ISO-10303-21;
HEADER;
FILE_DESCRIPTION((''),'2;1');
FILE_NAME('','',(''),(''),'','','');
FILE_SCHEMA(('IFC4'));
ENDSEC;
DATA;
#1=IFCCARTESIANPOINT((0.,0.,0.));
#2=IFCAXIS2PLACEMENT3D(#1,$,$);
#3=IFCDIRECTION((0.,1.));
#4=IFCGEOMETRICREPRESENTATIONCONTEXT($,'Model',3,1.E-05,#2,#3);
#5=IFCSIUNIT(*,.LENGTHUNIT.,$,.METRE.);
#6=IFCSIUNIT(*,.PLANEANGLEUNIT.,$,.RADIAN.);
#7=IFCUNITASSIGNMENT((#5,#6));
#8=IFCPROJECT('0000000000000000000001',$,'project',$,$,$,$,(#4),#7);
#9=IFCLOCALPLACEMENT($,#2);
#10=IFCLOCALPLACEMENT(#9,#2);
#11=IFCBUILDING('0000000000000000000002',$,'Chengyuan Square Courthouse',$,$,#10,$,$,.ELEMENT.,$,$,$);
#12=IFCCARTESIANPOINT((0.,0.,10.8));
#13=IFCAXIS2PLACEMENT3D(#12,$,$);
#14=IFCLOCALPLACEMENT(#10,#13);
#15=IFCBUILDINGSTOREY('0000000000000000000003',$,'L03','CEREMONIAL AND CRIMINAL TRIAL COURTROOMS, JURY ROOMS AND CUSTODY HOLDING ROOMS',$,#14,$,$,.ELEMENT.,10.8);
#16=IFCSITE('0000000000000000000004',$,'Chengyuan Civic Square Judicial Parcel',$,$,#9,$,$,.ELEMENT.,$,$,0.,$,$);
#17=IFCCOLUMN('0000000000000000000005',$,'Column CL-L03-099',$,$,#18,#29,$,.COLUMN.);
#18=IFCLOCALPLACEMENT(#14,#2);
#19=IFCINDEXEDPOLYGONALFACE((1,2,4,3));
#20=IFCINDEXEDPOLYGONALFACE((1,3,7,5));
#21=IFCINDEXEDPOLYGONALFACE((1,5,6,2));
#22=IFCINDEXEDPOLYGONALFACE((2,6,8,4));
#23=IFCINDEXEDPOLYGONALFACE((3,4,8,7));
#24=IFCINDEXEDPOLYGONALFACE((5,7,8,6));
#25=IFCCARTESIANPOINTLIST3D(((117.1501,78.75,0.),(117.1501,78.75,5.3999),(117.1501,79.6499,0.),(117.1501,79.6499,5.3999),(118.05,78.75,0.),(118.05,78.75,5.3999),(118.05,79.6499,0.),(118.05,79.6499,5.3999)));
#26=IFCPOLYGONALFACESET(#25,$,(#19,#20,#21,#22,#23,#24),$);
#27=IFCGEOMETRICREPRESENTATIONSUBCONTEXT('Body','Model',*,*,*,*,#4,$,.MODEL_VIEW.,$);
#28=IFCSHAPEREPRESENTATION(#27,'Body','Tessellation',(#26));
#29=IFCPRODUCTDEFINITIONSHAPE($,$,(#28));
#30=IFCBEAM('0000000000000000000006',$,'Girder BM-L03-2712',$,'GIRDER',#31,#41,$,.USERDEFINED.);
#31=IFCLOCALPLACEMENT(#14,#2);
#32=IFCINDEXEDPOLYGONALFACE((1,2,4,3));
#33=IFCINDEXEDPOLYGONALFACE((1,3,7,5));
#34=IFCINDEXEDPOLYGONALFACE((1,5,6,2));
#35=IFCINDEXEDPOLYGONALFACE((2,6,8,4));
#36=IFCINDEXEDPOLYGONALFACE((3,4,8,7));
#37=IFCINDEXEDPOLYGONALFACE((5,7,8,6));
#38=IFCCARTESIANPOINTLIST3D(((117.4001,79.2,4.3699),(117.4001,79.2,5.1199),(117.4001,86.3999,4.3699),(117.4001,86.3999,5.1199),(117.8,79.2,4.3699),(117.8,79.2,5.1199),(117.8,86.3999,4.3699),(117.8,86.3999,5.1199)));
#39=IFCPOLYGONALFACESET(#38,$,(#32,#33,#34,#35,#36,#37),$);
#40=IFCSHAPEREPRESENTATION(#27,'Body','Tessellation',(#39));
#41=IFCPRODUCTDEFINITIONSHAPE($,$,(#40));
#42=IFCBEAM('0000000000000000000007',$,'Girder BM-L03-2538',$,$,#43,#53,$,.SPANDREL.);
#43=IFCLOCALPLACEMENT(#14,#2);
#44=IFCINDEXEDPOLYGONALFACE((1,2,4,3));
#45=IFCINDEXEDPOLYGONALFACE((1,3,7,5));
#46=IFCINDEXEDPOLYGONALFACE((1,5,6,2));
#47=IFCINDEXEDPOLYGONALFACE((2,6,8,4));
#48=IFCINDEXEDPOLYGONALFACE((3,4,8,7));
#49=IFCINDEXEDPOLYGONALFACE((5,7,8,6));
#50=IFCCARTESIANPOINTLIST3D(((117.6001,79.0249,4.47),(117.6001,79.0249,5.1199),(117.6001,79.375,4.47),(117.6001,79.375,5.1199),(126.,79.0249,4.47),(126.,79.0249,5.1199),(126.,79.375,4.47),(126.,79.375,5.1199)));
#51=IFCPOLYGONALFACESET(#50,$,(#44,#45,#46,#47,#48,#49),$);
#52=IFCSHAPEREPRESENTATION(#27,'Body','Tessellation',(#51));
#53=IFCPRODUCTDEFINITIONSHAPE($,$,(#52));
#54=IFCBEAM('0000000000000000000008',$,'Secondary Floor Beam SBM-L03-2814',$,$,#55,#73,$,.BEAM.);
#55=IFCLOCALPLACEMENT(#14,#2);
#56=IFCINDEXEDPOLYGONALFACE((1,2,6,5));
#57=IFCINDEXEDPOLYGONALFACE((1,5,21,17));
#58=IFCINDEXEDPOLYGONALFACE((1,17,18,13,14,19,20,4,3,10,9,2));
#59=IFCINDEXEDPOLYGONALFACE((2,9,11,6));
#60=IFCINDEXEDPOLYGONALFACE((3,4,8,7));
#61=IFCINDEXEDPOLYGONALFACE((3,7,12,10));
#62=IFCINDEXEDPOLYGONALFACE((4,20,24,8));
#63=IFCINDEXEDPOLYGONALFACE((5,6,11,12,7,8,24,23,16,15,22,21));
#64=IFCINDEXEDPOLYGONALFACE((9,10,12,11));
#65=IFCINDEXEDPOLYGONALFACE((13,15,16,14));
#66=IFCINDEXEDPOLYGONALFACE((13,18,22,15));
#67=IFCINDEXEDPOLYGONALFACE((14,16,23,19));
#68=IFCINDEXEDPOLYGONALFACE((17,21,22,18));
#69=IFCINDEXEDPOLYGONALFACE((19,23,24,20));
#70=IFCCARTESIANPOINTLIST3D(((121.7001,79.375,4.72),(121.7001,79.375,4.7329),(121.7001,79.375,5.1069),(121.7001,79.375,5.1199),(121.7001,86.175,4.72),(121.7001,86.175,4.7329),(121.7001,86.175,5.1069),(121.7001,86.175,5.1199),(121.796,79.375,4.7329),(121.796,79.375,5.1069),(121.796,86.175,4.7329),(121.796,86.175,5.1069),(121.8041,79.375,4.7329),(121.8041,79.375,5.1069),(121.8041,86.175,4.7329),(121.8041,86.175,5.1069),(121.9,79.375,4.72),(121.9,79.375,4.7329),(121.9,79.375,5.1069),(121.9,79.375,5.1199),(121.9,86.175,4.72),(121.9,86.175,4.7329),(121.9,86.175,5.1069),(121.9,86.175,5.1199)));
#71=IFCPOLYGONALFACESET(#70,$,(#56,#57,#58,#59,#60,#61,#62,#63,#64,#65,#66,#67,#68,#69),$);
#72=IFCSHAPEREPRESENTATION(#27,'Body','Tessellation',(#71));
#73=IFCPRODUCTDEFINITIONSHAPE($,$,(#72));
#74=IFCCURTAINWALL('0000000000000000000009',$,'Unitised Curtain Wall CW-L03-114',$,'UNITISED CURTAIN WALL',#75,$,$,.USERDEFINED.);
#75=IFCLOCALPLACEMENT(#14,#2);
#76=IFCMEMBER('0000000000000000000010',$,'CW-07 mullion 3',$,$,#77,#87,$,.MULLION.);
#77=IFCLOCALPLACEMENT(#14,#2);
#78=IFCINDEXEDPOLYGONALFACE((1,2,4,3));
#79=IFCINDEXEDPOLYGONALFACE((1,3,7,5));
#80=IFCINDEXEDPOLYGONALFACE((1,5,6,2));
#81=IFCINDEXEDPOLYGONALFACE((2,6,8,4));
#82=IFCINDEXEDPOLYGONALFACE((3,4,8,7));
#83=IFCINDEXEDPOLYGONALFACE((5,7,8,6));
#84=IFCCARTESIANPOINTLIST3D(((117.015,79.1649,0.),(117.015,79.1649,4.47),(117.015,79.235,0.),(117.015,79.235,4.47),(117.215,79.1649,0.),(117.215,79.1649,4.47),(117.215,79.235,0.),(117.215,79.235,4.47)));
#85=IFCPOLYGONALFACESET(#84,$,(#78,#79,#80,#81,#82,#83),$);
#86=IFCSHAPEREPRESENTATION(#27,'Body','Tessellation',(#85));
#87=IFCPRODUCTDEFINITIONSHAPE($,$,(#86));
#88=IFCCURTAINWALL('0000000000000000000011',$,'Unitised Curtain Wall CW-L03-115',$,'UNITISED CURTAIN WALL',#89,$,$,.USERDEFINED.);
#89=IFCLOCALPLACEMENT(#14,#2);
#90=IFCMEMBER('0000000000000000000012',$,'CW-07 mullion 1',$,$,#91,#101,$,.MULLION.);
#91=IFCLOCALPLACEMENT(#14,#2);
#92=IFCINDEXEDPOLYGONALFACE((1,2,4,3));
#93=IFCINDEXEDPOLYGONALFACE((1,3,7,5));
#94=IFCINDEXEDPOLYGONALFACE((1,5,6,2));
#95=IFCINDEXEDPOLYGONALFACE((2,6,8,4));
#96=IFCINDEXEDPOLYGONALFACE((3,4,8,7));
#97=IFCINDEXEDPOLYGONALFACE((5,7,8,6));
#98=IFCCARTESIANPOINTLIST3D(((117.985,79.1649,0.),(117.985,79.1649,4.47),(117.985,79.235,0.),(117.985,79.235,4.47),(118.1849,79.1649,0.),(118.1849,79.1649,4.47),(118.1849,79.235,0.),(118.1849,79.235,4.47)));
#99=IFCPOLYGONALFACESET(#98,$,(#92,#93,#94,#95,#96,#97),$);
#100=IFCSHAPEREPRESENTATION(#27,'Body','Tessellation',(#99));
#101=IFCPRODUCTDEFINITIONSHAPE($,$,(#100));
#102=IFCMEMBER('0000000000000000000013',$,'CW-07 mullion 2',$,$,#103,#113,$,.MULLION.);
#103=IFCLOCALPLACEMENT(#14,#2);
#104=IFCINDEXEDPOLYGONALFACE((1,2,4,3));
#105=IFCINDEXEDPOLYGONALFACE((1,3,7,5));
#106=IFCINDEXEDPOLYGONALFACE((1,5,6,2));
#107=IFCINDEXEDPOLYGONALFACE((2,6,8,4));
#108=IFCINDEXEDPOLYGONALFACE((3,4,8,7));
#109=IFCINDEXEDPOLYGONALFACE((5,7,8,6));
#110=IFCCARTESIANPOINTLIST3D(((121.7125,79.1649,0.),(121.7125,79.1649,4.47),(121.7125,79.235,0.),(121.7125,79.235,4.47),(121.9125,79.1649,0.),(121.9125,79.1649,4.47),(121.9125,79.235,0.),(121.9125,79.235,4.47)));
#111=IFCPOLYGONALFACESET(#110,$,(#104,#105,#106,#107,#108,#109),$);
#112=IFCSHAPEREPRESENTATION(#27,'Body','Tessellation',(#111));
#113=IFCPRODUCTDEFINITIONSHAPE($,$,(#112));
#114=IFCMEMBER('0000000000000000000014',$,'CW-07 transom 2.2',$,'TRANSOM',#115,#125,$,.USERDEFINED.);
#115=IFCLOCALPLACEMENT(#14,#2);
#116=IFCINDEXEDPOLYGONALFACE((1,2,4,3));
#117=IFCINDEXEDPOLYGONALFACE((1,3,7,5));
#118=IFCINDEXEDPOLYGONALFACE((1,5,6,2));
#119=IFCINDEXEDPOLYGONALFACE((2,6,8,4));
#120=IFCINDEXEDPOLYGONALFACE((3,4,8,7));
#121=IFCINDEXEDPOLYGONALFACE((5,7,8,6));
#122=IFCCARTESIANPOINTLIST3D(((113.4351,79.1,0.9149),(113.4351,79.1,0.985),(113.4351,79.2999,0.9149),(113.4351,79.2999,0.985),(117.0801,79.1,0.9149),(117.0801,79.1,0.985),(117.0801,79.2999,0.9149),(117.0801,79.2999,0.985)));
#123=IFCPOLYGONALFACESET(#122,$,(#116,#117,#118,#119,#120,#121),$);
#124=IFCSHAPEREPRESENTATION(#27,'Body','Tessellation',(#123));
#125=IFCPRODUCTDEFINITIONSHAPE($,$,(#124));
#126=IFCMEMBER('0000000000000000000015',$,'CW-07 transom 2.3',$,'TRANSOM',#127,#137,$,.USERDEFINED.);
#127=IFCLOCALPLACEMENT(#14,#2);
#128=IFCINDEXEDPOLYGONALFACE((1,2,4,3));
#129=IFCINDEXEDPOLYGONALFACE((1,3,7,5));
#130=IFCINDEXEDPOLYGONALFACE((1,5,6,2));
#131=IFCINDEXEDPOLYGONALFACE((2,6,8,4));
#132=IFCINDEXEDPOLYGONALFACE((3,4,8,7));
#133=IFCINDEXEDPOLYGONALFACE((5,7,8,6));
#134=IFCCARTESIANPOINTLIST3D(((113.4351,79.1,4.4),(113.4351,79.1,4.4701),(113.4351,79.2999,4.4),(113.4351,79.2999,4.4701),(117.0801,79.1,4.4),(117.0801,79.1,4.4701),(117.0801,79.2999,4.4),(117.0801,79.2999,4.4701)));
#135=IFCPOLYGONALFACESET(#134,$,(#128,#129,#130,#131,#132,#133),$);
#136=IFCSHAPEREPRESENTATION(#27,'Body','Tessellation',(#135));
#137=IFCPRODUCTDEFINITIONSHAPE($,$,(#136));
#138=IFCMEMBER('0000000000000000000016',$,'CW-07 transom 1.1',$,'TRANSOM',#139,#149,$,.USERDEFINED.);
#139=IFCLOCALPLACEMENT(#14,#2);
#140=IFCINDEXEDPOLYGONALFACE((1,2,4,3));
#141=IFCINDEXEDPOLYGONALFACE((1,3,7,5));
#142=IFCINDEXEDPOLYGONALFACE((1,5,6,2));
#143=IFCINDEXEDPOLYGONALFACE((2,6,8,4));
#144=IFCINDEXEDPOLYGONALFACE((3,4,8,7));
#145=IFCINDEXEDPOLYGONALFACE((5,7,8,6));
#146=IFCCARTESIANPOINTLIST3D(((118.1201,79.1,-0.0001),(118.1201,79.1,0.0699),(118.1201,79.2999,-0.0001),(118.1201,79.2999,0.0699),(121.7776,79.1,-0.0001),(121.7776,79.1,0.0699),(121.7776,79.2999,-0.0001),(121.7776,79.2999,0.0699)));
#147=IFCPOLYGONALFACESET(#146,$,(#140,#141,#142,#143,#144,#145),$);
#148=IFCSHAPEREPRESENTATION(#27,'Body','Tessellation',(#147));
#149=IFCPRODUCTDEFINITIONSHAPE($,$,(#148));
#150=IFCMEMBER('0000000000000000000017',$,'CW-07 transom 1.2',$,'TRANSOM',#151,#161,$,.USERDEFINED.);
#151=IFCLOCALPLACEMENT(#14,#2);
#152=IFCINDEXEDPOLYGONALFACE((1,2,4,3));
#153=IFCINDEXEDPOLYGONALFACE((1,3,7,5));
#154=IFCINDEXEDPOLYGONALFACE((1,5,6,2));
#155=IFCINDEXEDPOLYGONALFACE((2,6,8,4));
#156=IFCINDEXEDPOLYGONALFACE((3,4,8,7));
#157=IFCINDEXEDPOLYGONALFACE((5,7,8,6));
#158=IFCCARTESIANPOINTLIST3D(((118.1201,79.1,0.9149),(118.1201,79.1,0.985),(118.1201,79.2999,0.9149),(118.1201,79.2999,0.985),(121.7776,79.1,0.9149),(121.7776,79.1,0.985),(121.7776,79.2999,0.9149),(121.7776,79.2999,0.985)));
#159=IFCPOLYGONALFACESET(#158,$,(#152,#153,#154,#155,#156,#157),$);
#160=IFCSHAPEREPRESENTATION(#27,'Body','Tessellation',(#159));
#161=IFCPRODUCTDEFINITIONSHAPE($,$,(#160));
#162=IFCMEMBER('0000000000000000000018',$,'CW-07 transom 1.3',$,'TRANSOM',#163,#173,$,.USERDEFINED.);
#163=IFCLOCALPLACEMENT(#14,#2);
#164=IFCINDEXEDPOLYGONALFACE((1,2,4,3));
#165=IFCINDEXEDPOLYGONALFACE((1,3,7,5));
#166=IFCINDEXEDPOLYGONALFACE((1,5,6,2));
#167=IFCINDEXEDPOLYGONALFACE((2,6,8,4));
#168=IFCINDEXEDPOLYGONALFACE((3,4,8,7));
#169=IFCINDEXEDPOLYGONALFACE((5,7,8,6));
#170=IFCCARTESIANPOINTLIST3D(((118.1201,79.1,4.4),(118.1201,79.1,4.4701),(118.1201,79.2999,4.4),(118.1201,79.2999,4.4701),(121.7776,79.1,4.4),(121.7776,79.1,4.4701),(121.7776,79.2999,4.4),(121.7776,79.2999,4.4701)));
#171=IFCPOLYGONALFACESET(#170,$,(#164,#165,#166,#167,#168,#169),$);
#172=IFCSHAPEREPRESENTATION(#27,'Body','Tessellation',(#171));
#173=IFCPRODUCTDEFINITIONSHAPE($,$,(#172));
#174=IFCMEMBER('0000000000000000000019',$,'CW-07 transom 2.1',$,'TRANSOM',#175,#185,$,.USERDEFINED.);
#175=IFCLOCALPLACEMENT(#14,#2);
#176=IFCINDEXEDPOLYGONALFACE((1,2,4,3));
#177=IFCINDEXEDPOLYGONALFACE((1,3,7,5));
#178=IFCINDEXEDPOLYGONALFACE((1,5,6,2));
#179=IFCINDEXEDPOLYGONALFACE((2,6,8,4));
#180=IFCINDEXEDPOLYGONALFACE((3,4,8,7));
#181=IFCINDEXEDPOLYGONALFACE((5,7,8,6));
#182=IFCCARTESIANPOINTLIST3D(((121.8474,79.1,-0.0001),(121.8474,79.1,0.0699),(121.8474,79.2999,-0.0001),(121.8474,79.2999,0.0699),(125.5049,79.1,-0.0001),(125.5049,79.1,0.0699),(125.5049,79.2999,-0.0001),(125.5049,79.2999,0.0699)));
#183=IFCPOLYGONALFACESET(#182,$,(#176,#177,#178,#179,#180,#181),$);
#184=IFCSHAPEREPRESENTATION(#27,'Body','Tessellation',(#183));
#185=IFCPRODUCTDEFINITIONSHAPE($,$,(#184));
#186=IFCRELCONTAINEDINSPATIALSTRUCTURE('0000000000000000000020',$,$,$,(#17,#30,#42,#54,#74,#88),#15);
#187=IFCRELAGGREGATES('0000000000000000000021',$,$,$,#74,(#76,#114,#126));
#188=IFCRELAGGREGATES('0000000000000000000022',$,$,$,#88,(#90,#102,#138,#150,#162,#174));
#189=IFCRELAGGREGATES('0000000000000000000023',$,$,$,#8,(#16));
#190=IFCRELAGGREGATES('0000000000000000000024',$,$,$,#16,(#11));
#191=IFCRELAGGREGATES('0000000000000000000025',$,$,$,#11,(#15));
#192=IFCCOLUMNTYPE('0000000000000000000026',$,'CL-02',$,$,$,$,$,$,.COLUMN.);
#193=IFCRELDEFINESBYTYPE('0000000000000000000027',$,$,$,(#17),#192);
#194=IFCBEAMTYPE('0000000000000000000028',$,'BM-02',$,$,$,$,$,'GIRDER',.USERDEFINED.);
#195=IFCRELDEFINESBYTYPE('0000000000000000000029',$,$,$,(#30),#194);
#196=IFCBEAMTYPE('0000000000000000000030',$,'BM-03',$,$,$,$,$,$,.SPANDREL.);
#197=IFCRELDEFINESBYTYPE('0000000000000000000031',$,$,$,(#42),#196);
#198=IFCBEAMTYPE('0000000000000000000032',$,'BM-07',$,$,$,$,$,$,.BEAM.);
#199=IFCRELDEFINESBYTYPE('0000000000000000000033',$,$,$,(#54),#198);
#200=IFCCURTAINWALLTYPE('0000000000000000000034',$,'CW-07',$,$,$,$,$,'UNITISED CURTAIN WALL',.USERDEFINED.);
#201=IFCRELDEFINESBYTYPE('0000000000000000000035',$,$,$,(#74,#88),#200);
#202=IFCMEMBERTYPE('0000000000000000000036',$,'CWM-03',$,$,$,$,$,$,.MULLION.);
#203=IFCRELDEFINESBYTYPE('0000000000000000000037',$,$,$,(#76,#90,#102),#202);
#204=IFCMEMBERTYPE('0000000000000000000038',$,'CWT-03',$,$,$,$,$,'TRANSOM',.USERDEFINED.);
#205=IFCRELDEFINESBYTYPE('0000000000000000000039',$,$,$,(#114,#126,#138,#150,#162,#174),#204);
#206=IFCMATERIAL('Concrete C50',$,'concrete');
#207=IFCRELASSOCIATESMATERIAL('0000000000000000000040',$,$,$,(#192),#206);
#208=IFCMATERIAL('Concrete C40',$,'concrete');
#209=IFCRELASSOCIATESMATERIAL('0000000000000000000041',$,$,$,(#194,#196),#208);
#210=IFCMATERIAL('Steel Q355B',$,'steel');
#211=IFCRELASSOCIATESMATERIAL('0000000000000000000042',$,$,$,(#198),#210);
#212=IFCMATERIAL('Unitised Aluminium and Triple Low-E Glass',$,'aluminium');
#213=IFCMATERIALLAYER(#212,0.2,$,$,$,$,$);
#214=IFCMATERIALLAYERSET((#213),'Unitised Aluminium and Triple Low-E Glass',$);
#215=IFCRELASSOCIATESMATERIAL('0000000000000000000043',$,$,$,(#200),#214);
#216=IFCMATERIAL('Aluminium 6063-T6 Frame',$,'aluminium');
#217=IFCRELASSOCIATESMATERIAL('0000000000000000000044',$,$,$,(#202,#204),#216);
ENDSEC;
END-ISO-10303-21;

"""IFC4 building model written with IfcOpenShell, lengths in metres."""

from ifc_helpers import new_model, si_unit, direction, frame, origin, origin_2d, place, context, subcontext, project, spatial, rectangle, i_section, extrude, material, layer, layer_set, material_profile, profile_set, type_object, element, aggregate, save


model = new_model("IFC4")

# Units and contexts
model_context = context("Model", 3, precision=1e-05, world=origin(), true_north=direction((0.0, 1.0)))
body_context = subcontext(model_context, "Body", "Model", "MODEL_VIEW")
ifc_project = project(units=[si_unit("LENGTHUNIT", "METRE"), si_unit("PLANEANGLEUNIT", "RADIAN")], contexts=[model_context])

# Site, building, storey
site_placement = place(None, origin())
site = spatial("IfcSite", under=ifc_project, at=site_placement, Name="Chengyuan Civic Square Judicial Parcel", CompositionType="ELEMENT", RefElevation=0.0)
building_placement = place(site_placement, origin())
building = spatial("IfcBuilding", under=site, at=building_placement, Name="Chengyuan Square Courthouse", CompositionType="ELEMENT")
storey_placement = place(building_placement, frame((0.0, 0.0, 10.8)))
storey = spatial("IfcBuildingStorey", under=building, at=storey_placement, Name="L03", Description="CEREMONIAL AND CRIMINAL TRIAL COURTROOMS, JURY ROOMS AND CUSTODY HOLDING ROOMS", CompositionType="ELEMENT", Elevation=10.8)

# Column
ifc_material_1 = material(Name="Concrete C50", Category="concrete")
ifc_material_profile_1 = material_profile(ifc_material_1, rectangle(XDim=0.8999, YDim=0.8999, at=origin_2d()), Name="RC-COL-900x900")
ifc_profile_set_1 = profile_set([ifc_material_profile_1], Name="Concrete C50")
column_type = type_object("IfcColumnType", Name="CL-02", PredefinedType="COLUMN", material=ifc_profile_set_1)
column_placement = place(storey_placement, frame((117.6001, 79.2, 0.0), z_axis=(0.0, 0.0, 1.0), x_axis=(1.0, 0.0, 0.0)))
element("IfcColumn", 1, at=column_placement, inside=storey, type_object=column_type, Name="Column CL-L03-099", PredefinedType="COLUMN", context=body_context, shape_type="SweptSolid", body=[
    extrude(rectangle(XDim=0.8999, YDim=0.8999, at=origin_2d()), origin(), (0.0, 0.0, 1.0), 5.3999),
])

# Beams
ifc_material_2 = material(Name="Concrete C40", Category="concrete")
ifc_material_profile_2 = material_profile(ifc_material_2, rectangle(XDim=0.3999, YDim=0.75, at=origin_2d()), Name="RC-BM-400x750")
ifc_profile_set_2 = profile_set([ifc_material_profile_2], Name="Concrete C40")
beam_type_1 = type_object("IfcBeamType", Name="BM-02", ElementType="GIRDER", PredefinedType="USERDEFINED", material=ifc_profile_set_2)
beam_1_placement = place(storey_placement, frame((117.6001, 79.2, 4.7449), z_axis=(0.0, 1.0, 0.0), x_axis=(-1.0, 0.0, 0.0)))
element("IfcBeam", 2, at=beam_1_placement, inside=storey, type_object=beam_type_1, Name="Girder BM-L03-2712", ObjectType="GIRDER", PredefinedType="USERDEFINED", context=body_context, shape_type="SweptSolid", body=[
    extrude(rectangle(XDim=0.3999, YDim=0.75, at=origin_2d()), origin(), (0.0, 0.0, 1.0), 7.2),
])
ifc_material_profile_3 = material_profile(ifc_material_2, rectangle(XDim=0.3501, YDim=0.6499, at=origin_2d()), Name="RC-BM-350x650")
ifc_profile_set_3 = profile_set([ifc_material_profile_3], Name="Concrete C40")
beam_type_2 = type_object("IfcBeamType", Name="BM-03", PredefinedType="SPANDREL", material=ifc_profile_set_3)
beam_2_placement = place(storey_placement, frame((117.6001, 79.2, 4.7949), z_axis=(1.0, 0.0, 0.0), x_axis=(0.0, 1.0, 0.0)))
element("IfcBeam", 3, at=beam_2_placement, inside=storey, type_object=beam_type_2, Name="Girder BM-L03-2538", PredefinedType="SPANDREL", context=body_context, shape_type="SweptSolid", body=[
    extrude(rectangle(XDim=0.3501, YDim=0.6499, at=origin_2d()), origin(), (0.0, 0.0, 1.0), 8.3999),
])
ifc_material_3 = material(Name="Steel Q355B", Category="steel")
ifc_material_profile_4 = material_profile(ifc_material_3, i_section(OverallWidth=0.2, OverallDepth=0.3999, WebThickness=0.0081, FlangeThickness=0.0129, at=origin_2d()), Name="HN 400x200x8x13")
ifc_profile_set_4 = profile_set([ifc_material_profile_4], Name="Steel Q355B")
beam_type_3 = type_object("IfcBeamType", Name="BM-07", PredefinedType="BEAM", material=ifc_profile_set_4)
beam_3_placement = place(storey_placement, frame((121.8, 79.375, 4.9199), z_axis=(0.0, 1.0, 0.0), x_axis=(-1.0, 0.0, 0.0)))
element("IfcBeam", 4, at=beam_3_placement, inside=storey, type_object=beam_type_3, Name="Secondary Floor Beam SBM-L03-2814", PredefinedType="BEAM", context=body_context, shape_type="SweptSolid", body=[
    extrude(i_section(OverallWidth=0.2, OverallDepth=0.3999, WebThickness=0.0081, FlangeThickness=0.0129, at=origin_2d()), origin(), (0.0, 0.0, 1.0), 6.8),
])

# Curtain wall, member
ifc_material_4 = material(Name="Unitised Aluminium and Triple Low-E Glass", Category="aluminium")
ifc_layer_1 = layer(ifc_material_4, 0.2)
ifc_layer_set_1 = layer_set([ifc_layer_1], Name="Unitised Aluminium and Triple Low-E Glass")
curtain_wall_type = type_object("IfcCurtainWallType", Name="CW-07", ElementType="UNITISED CURTAIN WALL", PredefinedType="USERDEFINED", material=ifc_layer_set_1)
curtain_wall_1_placement = place(storey_placement, origin())
curtain_wall_1 = element("IfcCurtainWall", 5, at=curtain_wall_1_placement, inside=storey, type_object=curtain_wall_type, Name="Unitised Curtain Wall CW-L03-114", ObjectType="UNITISED CURTAIN WALL", PredefinedType="USERDEFINED")
ifc_material_5 = material(Name="Aluminium 6063-T6 Frame", Category="aluminium")
ifc_material_profile_5 = material_profile(ifc_material_5, rectangle(XDim=0.0701, YDim=0.2, at=origin_2d()), Name="CW-MUL-70x200")
ifc_profile_set_5 = profile_set([ifc_material_profile_5], Name="Aluminium 6063-T6 Frame")
member_type_1 = type_object("IfcMemberType", Name="CWM-03", PredefinedType="MULLION", material=ifc_profile_set_5)
member_1_placement = place(storey_placement, frame((117.115, 79.2, 0.0), z_axis=(0.0, 0.0, 1.0), x_axis=(0.0, 1.0, 0.0)))
member_1 = element("IfcMember", 6, at=member_1_placement, type_object=member_type_1, Name="CW-07 mullion 3", PredefinedType="MULLION", context=body_context, shape_type="SweptSolid", body=[
    extrude(rectangle(XDim=0.0701, YDim=0.2, at=origin_2d()), origin(), (0.0, 0.0, 1.0), 4.47),
])

# Curtain wall, members
curtain_wall_2_placement = place(storey_placement, origin())
curtain_wall_2 = element("IfcCurtainWall", 7, at=curtain_wall_2_placement, inside=storey, type_object=curtain_wall_type, Name="Unitised Curtain Wall CW-L03-115", ObjectType="UNITISED CURTAIN WALL", PredefinedType="USERDEFINED")
member_2_placement = place(storey_placement, frame((118.085, 79.2, 0.0), z_axis=(0.0, 0.0, 1.0), x_axis=(0.0, 1.0, 0.0)))
member_2 = element("IfcMember", 8, at=member_2_placement, type_object=member_type_1, Name="CW-07 mullion 1", PredefinedType="MULLION", context=body_context, shape_type="SweptSolid", body=[
    extrude(rectangle(XDim=0.0701, YDim=0.2, at=origin_2d()), origin(), (0.0, 0.0, 1.0), 4.47),
])
member_3_placement = place(storey_placement, frame((121.8125, 79.2, 0.0), z_axis=(0.0, 0.0, 1.0), x_axis=(0.0, 1.0, 0.0)))
member_3 = element("IfcMember", 9, at=member_3_placement, type_object=member_type_1, Name="CW-07 mullion 2", PredefinedType="MULLION", context=body_context, shape_type="SweptSolid", body=[
    extrude(rectangle(XDim=0.0701, YDim=0.2, at=origin_2d()), origin(), (0.0, 0.0, 1.0), 4.47),
])

# Members
ifc_material_profile_6 = material_profile(ifc_material_5, rectangle(XDim=0.2, YDim=0.0701, at=origin_2d()), Name="CW-TRN-70x160")
ifc_profile_set_6 = profile_set([ifc_material_profile_6], Name="Aluminium 6063-T6 Frame")
member_type_2 = type_object("IfcMemberType", Name="CWT-03", ElementType="TRANSOM", PredefinedType="USERDEFINED", material=ifc_profile_set_6)
member_4_placement = place(storey_placement, frame((113.4351, 79.2, 0.95), z_axis=(1.0, 0.0, 0.0), x_axis=(0.0, 1.0, 0.0)))
member_4 = element("IfcMember", 10, at=member_4_placement, type_object=member_type_2, Name="CW-07 transom 2.2", ObjectType="TRANSOM", PredefinedType="USERDEFINED", context=body_context, shape_type="SweptSolid", body=[
    extrude(rectangle(XDim=0.2, YDim=0.0701, at=origin_2d()), origin(), (0.0, 0.0, 1.0), 3.645),
])
member_5_placement = place(storey_placement, frame((113.4351, 79.2, 4.4351), z_axis=(1.0, 0.0, 0.0), x_axis=(0.0, 1.0, 0.0)))
member_5 = element("IfcMember", 11, at=member_5_placement, type_object=member_type_2, Name="CW-07 transom 2.3", ObjectType="TRANSOM", PredefinedType="USERDEFINED", context=body_context, shape_type="SweptSolid", body=[
    extrude(rectangle(XDim=0.2, YDim=0.0701, at=origin_2d()), origin(), (0.0, 0.0, 1.0), 3.645),
])
member_6_placement = place(storey_placement, frame((118.1201, 79.2, 0.0349), z_axis=(1.0, 0.0, 0.0), x_axis=(0.0, 1.0, 0.0)))
member_6 = element("IfcMember", 12, at=member_6_placement, type_object=member_type_2, Name="CW-07 transom 1.1", ObjectType="TRANSOM", PredefinedType="USERDEFINED", context=body_context, shape_type="SweptSolid", body=[
    extrude(rectangle(XDim=0.2, YDim=0.0701, at=origin_2d()), origin(), (0.0, 0.0, 1.0), 3.6575),
])
member_7_placement = place(storey_placement, frame((118.1201, 79.2, 0.95), z_axis=(1.0, 0.0, 0.0), x_axis=(0.0, 1.0, 0.0)))
member_7 = element("IfcMember", 13, at=member_7_placement, type_object=member_type_2, Name="CW-07 transom 1.2", ObjectType="TRANSOM", PredefinedType="USERDEFINED", context=body_context, shape_type="SweptSolid", body=[
    extrude(rectangle(XDim=0.2, YDim=0.0701, at=origin_2d()), origin(), (0.0, 0.0, 1.0), 3.6575),
])
member_8_placement = place(storey_placement, frame((118.1201, 79.2, 4.4351), z_axis=(1.0, 0.0, 0.0), x_axis=(0.0, 1.0, 0.0)))
member_8 = element("IfcMember", 14, at=member_8_placement, type_object=member_type_2, Name="CW-07 transom 1.3", ObjectType="TRANSOM", PredefinedType="USERDEFINED", context=body_context, shape_type="SweptSolid", body=[
    extrude(rectangle(XDim=0.2, YDim=0.0701, at=origin_2d()), origin(), (0.0, 0.0, 1.0), 3.6575),
])
member_9_placement = place(storey_placement, frame((121.8474, 79.2, 0.0349), z_axis=(1.0, 0.0, 0.0), x_axis=(0.0, 1.0, 0.0)))
member_9 = element("IfcMember", 15, at=member_9_placement, type_object=member_type_2, Name="CW-07 transom 2.1", ObjectType="TRANSOM", PredefinedType="USERDEFINED", context=body_context, shape_type="SweptSolid", body=[
    extrude(rectangle(XDim=0.2, YDim=0.0701, at=origin_2d()), origin(), (0.0, 0.0, 1.0), 3.6575),
])

aggregate(curtain_wall_1, [member_1, member_4, member_5])
aggregate(curtain_wall_2, [member_2, member_3, member_6, member_7, member_8, member_9])

save(model, "model.ifc")
